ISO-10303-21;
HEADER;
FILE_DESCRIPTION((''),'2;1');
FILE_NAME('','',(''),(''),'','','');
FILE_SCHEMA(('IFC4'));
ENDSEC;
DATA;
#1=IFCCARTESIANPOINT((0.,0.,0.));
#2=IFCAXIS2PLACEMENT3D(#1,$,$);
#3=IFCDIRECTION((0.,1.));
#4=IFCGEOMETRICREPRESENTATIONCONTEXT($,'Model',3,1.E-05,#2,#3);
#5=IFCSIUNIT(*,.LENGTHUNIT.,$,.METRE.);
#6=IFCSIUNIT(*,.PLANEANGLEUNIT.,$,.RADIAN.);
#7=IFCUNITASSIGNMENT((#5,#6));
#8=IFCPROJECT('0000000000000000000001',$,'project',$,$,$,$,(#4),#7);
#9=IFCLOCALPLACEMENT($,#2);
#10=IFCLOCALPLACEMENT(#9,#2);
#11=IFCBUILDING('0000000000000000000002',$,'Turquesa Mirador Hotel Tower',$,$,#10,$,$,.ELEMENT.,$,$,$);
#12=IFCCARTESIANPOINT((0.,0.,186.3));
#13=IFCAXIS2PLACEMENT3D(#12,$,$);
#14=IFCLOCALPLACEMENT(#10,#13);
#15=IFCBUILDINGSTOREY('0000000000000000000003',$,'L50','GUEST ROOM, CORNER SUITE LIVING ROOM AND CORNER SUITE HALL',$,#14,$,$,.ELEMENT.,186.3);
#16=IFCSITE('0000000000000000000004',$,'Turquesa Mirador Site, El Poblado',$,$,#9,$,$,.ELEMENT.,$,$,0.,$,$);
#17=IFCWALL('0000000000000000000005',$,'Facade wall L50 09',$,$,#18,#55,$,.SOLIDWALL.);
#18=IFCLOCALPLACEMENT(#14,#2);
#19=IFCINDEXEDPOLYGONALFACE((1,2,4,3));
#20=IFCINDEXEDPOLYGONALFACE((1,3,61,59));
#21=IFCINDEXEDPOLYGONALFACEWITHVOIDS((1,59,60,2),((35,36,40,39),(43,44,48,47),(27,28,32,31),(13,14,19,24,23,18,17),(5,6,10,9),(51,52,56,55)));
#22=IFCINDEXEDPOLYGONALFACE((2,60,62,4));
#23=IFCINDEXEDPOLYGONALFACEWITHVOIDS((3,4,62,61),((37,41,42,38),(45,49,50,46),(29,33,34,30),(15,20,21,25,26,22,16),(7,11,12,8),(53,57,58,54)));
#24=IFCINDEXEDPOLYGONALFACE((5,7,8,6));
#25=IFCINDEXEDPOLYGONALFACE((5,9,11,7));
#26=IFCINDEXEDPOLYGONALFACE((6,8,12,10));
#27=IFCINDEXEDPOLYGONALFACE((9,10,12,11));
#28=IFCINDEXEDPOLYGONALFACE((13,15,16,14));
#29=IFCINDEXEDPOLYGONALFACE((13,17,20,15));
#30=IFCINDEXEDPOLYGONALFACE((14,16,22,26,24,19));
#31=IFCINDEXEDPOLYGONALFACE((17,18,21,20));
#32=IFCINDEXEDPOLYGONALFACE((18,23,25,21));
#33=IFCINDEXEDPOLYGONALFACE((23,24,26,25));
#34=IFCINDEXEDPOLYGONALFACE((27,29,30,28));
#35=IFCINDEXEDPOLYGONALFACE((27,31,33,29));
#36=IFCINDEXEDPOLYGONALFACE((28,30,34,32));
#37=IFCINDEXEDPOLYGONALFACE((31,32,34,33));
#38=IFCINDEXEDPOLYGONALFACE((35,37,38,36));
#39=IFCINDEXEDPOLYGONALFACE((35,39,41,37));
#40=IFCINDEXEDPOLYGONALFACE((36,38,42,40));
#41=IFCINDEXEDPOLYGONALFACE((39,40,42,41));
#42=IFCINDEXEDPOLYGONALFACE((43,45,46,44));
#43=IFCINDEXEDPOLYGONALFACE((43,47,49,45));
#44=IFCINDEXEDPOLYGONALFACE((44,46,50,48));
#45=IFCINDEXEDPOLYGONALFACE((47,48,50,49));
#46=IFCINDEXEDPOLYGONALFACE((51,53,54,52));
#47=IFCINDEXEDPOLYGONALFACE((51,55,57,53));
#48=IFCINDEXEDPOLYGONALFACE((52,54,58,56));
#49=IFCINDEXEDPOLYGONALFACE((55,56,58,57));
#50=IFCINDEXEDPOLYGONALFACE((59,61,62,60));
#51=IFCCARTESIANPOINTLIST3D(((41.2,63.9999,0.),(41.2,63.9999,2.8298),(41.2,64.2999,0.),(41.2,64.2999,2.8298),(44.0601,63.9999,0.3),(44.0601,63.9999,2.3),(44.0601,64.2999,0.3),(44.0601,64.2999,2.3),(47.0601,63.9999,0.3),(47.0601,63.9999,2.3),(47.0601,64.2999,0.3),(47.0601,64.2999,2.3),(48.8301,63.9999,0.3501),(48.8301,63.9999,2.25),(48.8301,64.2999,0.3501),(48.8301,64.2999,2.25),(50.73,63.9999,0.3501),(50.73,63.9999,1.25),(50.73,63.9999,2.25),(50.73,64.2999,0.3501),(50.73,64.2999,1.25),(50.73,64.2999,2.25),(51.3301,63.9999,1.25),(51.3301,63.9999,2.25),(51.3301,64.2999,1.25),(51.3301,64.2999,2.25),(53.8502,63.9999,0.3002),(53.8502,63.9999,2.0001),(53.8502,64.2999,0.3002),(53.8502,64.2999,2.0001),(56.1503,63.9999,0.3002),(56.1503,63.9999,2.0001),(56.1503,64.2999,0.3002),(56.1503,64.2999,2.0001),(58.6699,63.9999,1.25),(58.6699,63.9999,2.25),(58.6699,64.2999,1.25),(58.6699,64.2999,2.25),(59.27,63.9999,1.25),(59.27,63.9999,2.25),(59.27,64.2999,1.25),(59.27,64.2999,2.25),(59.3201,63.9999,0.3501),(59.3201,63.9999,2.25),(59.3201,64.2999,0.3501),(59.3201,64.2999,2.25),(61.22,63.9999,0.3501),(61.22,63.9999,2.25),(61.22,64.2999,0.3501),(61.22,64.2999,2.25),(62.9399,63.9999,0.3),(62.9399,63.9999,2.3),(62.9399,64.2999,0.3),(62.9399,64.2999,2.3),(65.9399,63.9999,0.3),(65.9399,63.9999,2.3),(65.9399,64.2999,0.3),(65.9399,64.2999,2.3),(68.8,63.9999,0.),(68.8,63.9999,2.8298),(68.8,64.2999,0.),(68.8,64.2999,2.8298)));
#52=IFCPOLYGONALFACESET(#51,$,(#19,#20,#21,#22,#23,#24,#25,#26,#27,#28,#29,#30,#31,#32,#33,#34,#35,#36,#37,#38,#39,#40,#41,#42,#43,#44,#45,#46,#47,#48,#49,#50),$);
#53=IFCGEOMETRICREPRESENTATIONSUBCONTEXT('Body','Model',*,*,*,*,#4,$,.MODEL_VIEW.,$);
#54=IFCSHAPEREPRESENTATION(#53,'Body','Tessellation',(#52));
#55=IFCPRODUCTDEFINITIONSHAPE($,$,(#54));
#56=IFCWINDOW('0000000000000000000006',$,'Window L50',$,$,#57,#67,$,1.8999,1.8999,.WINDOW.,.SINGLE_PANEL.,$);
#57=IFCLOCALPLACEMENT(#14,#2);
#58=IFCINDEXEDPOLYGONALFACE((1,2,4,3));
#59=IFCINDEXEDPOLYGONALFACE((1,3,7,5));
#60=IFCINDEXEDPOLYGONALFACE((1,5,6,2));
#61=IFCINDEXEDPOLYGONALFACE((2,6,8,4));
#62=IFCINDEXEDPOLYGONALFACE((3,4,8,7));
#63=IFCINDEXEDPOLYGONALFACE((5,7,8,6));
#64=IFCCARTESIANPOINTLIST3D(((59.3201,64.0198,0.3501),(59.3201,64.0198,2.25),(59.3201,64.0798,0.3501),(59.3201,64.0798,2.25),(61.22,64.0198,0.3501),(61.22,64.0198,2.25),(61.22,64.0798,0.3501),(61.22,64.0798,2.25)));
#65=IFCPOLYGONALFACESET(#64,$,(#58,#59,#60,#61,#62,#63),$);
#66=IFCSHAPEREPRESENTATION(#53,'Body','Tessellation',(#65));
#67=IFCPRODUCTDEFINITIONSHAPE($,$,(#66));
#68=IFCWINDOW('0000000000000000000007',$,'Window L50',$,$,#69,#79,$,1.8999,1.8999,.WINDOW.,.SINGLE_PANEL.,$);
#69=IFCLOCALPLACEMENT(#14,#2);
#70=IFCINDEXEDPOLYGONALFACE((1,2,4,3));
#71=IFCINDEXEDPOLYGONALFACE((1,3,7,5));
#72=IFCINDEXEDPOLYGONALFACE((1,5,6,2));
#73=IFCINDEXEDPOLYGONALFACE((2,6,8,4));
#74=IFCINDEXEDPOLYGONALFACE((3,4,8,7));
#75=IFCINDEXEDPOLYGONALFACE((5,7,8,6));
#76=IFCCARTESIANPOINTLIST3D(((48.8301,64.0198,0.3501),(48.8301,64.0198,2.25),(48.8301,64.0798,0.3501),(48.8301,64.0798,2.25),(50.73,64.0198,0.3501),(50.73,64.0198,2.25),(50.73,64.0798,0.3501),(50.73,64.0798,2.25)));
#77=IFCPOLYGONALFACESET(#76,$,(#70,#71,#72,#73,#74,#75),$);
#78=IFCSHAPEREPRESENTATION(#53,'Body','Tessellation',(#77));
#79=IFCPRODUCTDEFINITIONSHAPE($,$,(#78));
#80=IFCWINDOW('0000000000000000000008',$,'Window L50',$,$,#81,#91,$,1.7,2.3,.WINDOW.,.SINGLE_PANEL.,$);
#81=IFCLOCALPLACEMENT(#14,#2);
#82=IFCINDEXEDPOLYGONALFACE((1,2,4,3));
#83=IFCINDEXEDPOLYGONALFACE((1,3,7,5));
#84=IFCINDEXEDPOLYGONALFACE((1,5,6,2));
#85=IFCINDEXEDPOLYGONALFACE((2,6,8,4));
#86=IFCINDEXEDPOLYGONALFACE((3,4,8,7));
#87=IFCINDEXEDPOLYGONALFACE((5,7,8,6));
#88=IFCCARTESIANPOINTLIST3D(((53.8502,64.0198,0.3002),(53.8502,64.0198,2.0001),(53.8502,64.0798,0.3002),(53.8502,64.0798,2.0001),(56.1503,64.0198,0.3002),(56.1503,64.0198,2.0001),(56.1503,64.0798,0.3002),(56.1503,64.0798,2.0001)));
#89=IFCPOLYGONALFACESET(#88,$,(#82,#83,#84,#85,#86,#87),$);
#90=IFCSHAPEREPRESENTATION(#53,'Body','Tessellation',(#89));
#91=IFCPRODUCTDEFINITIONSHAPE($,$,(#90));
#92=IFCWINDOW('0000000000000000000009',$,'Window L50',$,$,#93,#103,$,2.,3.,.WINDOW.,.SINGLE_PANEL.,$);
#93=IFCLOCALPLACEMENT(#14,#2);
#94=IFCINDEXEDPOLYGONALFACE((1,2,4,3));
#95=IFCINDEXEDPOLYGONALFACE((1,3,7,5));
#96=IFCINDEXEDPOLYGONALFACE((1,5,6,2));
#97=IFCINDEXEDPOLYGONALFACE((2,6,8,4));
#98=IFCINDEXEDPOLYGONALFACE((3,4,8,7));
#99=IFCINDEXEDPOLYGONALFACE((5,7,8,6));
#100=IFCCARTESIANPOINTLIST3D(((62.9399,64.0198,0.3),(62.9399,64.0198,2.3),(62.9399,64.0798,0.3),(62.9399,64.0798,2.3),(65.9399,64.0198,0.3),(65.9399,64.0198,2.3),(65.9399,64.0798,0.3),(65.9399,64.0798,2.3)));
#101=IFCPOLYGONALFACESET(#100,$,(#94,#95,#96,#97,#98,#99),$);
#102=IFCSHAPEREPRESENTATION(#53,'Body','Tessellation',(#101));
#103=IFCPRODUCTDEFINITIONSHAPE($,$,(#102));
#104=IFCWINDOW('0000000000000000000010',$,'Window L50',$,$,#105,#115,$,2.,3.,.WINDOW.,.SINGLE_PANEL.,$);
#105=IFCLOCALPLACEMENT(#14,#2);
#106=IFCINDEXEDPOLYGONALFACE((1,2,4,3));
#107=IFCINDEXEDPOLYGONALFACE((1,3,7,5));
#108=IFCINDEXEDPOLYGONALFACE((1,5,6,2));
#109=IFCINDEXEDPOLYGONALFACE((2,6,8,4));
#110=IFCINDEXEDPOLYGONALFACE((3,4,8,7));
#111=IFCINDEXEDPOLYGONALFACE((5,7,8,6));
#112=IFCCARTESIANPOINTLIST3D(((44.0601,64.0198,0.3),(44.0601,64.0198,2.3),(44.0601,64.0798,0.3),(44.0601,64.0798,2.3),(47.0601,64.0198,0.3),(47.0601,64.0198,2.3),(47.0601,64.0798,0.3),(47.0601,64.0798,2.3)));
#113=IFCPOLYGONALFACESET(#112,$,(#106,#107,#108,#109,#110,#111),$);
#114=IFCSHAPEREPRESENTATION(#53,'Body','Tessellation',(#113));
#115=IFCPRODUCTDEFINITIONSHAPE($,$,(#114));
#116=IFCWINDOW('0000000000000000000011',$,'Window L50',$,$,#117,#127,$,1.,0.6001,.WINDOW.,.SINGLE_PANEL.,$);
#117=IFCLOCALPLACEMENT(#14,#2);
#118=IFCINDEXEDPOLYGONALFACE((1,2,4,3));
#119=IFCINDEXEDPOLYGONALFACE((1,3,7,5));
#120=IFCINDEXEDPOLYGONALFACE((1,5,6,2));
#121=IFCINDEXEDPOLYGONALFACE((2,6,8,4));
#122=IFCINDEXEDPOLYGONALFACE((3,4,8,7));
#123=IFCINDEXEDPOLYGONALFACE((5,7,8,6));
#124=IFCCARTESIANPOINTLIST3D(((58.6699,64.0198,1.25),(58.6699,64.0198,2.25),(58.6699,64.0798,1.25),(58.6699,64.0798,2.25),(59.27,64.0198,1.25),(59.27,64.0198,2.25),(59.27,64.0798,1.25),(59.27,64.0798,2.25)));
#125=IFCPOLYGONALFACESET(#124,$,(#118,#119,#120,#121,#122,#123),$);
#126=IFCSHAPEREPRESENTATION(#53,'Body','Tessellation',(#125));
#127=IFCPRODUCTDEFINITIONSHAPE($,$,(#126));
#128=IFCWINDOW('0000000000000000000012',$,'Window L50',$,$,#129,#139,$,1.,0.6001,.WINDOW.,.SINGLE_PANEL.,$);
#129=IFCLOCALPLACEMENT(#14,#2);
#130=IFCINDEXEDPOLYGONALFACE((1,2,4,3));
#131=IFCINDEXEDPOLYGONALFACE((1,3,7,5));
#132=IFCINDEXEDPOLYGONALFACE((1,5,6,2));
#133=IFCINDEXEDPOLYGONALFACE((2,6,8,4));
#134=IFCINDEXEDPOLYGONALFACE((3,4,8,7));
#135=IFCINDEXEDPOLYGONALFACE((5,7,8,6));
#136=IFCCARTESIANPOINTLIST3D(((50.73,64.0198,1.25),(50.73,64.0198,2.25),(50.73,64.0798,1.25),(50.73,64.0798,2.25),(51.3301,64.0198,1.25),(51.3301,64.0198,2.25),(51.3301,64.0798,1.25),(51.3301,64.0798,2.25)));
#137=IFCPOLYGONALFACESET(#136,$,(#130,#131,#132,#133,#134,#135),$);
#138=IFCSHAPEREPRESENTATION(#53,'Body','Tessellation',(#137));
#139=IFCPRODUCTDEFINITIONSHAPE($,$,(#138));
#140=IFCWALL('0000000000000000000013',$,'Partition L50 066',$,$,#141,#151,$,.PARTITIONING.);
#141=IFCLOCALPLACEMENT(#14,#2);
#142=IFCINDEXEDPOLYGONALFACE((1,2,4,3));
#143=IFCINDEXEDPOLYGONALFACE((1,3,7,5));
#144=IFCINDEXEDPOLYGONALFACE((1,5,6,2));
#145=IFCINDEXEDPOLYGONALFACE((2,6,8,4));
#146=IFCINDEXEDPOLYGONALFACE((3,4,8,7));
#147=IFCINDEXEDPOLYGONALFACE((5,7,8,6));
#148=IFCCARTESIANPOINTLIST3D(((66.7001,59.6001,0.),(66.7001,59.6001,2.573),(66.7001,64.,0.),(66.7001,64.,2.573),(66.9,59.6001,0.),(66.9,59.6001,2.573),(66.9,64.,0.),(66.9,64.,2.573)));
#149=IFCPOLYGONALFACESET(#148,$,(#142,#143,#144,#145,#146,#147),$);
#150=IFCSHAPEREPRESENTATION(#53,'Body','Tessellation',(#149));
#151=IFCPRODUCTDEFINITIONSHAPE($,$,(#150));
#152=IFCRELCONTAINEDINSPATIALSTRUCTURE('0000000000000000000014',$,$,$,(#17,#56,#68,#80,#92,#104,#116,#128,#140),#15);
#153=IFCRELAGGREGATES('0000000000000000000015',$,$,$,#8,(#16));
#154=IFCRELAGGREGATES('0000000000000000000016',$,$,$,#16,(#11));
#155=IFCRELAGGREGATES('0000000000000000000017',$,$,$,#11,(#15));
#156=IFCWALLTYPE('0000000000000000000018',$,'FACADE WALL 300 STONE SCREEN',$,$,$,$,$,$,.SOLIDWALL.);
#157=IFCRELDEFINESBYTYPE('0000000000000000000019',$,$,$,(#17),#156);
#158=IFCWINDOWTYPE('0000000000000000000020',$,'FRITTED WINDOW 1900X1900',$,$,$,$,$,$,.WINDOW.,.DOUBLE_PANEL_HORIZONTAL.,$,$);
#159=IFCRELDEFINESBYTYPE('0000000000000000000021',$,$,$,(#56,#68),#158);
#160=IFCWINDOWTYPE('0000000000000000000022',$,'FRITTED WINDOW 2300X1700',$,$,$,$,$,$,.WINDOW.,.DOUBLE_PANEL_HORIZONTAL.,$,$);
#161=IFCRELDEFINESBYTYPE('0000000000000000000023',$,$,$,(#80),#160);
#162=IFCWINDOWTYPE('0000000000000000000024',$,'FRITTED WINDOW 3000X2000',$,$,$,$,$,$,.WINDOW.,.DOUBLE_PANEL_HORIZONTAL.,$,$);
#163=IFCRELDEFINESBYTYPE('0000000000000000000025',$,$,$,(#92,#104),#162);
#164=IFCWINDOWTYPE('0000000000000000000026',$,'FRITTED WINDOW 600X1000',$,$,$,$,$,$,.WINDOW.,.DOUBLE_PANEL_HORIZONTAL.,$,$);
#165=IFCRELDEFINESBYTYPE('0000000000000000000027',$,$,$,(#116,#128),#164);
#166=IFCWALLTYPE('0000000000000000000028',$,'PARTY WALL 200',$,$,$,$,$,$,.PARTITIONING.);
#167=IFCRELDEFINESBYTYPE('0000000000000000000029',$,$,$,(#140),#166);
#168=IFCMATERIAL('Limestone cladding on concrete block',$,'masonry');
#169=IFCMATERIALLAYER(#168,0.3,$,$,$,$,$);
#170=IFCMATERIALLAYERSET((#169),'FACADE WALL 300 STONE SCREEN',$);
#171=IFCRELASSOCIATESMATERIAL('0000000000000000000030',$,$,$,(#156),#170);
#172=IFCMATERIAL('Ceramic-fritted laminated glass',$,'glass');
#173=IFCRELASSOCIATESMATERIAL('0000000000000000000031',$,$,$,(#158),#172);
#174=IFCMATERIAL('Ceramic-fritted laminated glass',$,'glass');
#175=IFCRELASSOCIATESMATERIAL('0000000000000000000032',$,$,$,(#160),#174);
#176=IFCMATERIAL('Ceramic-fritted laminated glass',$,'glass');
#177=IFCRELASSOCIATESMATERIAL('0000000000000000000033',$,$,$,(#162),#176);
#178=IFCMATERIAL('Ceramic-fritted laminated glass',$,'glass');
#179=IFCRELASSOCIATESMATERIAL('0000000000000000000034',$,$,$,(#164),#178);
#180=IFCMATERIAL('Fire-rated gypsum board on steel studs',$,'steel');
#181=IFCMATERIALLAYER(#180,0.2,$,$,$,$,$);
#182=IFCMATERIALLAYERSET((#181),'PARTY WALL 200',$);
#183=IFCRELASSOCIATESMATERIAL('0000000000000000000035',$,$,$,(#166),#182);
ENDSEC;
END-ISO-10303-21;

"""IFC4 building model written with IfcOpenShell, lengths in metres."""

from ifc_helpers import new_model, si_unit, direction, frame, frame_2d, origin, place, context, subcontext, project, spatial, rectangle, extrude, material, layer, layer_set, type_object, element, fill, save


model = new_model("IFC4")

# Units and contexts
model_context = context("Model", 3, precision=1e-05, world=origin(), true_north=direction((0.0, 1.0)))
body_context = subcontext(model_context, "Body", "Model", "MODEL_VIEW")
ifc_project = project(units=[si_unit("LENGTHUNIT", "METRE"), si_unit("PLANEANGLEUNIT", "RADIAN")], contexts=[model_context])

# Site, building, storey
site_placement = place(None, origin())
site = spatial("IfcSite", under=ifc_project, at=site_placement, Name="Turquesa Mirador Site, El Poblado", CompositionType="ELEMENT", RefElevation=0.0)
building_placement = place(site_placement, origin())
building = spatial("IfcBuilding", under=site, at=building_placement, Name="Turquesa Mirador Hotel Tower", CompositionType="ELEMENT")
storey_placement = place(building_placement, frame((0.0, 0.0, 186.3)))
storey = spatial("IfcBuildingStorey", under=building, at=storey_placement, Name="L50", Description="GUEST ROOM, CORNER SUITE LIVING ROOM AND CORNER SUITE HALL", CompositionType="ELEMENT", Elevation=186.3)

# Shared definitions
ifc_material_1 = material(Name="Limestone cladding on concrete block", Category="masonry")
ifc_layer_1 = layer(ifc_material_1, 0.3)
ifc_layer_set_1 = layer_set([ifc_layer_1], Name="FACADE WALL 300 STONE SCREEN")
wall_type_1 = type_object("IfcWallType", Name="FACADE WALL 300 STONE SCREEN", PredefinedType="SOLIDWALL", material=ifc_layer_set_1)

# Wall, openings, windows
wall_1_placement = place(storey_placement, frame((68.8, 64.1499, 0.0), z_axis=(0.0, 0.0, 1.0), x_axis=(-1.0, 0.0, 0.0)))
wall_1 = element("IfcWall", 1, at=wall_1_placement, inside=storey, type_object=wall_type_1, Name="Facade wall L50 09", PredefinedType="SOLIDWALL", context=body_context, shape_type="SweptSolid", body=[
    extrude(rectangle(XDim=27.6001, YDim=0.3, at=frame_2d((13.8, 0.0))), origin(), (0.0, 0.0, 1.0), 2.8298),
])
opening_1_placement = place(wall_1_placement, frame((2.8601, 0.0, 0.3)))
opening_1 = element("IfcOpeningElement", 2, at=opening_1_placement, cuts=wall_1, PredefinedType="OPENING", context=body_context, shape_type="SweptSolid", body=[
    extrude(rectangle(XDim=3.0, YDim=2.0, at=frame_2d((1.5, 1.0))), frame((0.0, 0.1599, 0.0), z_axis=(0.0, -1.0, 0.0), x_axis=(1.0, 0.0, 0.0)), (0.0, 0.0, 1.0), 0.3201),
])
opening_2_placement = place(wall_1_placement, frame((7.5801, 0.0, 0.3501)))
opening_2 = element("IfcOpeningElement", 3, at=opening_2_placement, cuts=wall_1, PredefinedType="OPENING", context=body_context, shape_type="SweptSolid", body=[
    extrude(rectangle(XDim=1.8999, YDim=1.8999, at=frame_2d((0.95, 0.95))), frame((0.0, 0.1599, 0.0), z_axis=(0.0, -1.0, 0.0), x_axis=(1.0, 0.0, 0.0)), (0.0, 0.0, 1.0), 0.3201),
])
opening_3_placement = place(wall_1_placement, frame((12.6499, 0.0, 0.3)))
opening_3 = element("IfcOpeningElement", 4, at=opening_3_placement, cuts=wall_1, PredefinedType="OPENING", context=body_context, shape_type="SweptSolid", body=[
    extrude(rectangle(XDim=2.3, YDim=1.7, at=frame_2d((1.1499, 0.8501))), frame((0.0, 0.1599, 0.0), z_axis=(0.0, -1.0, 0.0), x_axis=(1.0, 0.0, 0.0)), (0.0, 0.0, 1.0), 0.3201),
])
opening_4_placement = place(wall_1_placement, frame((18.0701, 0.0, 0.3501)))
opening_4 = element("IfcOpeningElement", 5, at=opening_4_placement, cuts=wall_1, PredefinedType="OPENING", context=body_context, shape_type="SweptSolid", body=[
    extrude(rectangle(XDim=1.8999, YDim=1.8999, at=frame_2d((0.95, 0.95))), frame((0.0, 0.1599, 0.0), z_axis=(0.0, -1.0, 0.0), x_axis=(1.0, 0.0, 0.0)), (0.0, 0.0, 1.0), 0.3201),
])
opening_5_placement = place(wall_1_placement, frame((21.74, 0.0, 0.3)))
opening_5 = element("IfcOpeningElement", 6, at=opening_5_placement, cuts=wall_1, PredefinedType="OPENING", context=body_context, shape_type="SweptSolid", body=[
    extrude(rectangle(XDim=3.0, YDim=2.0, at=frame_2d((1.5, 1.0))), frame((0.0, 0.1599, 0.0), z_axis=(0.0, -1.0, 0.0), x_axis=(1.0, 0.0, 0.0)), (0.0, 0.0, 1.0), 0.3201),
])
opening_6_placement = place(wall_1_placement, frame((9.53, 0.0, 1.25)))
opening_6 = element("IfcOpeningElement", 7, at=opening_6_placement, cuts=wall_1, PredefinedType="OPENING", context=body_context, shape_type="SweptSolid", body=[
    extrude(rectangle(XDim=0.6001, YDim=1.0, at=frame_2d((0.3, 0.5))), frame((0.0, 0.1599, 0.0), z_axis=(0.0, -1.0, 0.0), x_axis=(1.0, 0.0, 0.0)), (0.0, 0.0, 1.0), 0.3201),
])
opening_7_placement = place(wall_1_placement, frame((17.47, 0.0, 1.25)))
opening_7 = element("IfcOpeningElement", 8, at=opening_7_placement, cuts=wall_1, PredefinedType="OPENING", context=body_context, shape_type="SweptSolid", body=[
    extrude(rectangle(XDim=0.6001, YDim=1.0, at=frame_2d((0.3, 0.5))), frame((0.0, 0.1599, 0.0), z_axis=(0.0, -1.0, 0.0), x_axis=(1.0, 0.0, 0.0)), (0.0, 0.0, 1.0), 0.3201),
])
ifc_material_2 = material(Name="Ceramic-fritted laminated glass", Category="glass")
window_type_1 = type_object("IfcWindowType", Name="FRITTED WINDOW 1900X1900", PartitioningType="DOUBLE_PANEL_HORIZONTAL", PredefinedType="WINDOW", material=ifc_material_2)
window_1_placement = place(opening_2_placement, origin())
window_1 = element("IfcWindow", 9, at=window_1_placement, inside=storey, type_object=window_type_1, Name="Window L50", OverallHeight=1.8999, OverallWidth=1.8999, PartitioningType="SINGLE_PANEL", PredefinedType="WINDOW", context=body_context, shape_type="SweptSolid", body=[
    extrude(rectangle(XDim=1.8999, YDim=1.8999, at=frame_2d((0.95, 0.95))), frame((0.0, 0.1301, 0.0), z_axis=(0.0, -1.0, 0.0), x_axis=(1.0, 0.0, 0.0)), (0.0, 0.0, 1.0), 0.0601),
])
fill(opening_2, window_1)
window_2_placement = place(opening_4_placement, origin())
window_2 = element("IfcWindow", 10, at=window_2_placement, inside=storey, type_object=window_type_1, Name="Window L50", OverallHeight=1.8999, OverallWidth=1.8999, PartitioningType="SINGLE_PANEL", PredefinedType="WINDOW", context=body_context, shape_type="SweptSolid", body=[
    extrude(rectangle(XDim=1.8999, YDim=1.8999, at=frame_2d((0.95, 0.95))), frame((0.0, 0.1301, 0.0), z_axis=(0.0, -1.0, 0.0), x_axis=(1.0, 0.0, 0.0)), (0.0, 0.0, 1.0), 0.0601),
])
fill(opening_4, window_2)
ifc_material_3 = material(Name="Ceramic-fritted laminated glass", Category="glass")
window_type_2 = type_object("IfcWindowType", Name="FRITTED WINDOW 2300X1700", PartitioningType="DOUBLE_PANEL_HORIZONTAL", PredefinedType="WINDOW", material=ifc_material_3)
window_3_placement = place(opening_3_placement, origin())
window_3 = element("IfcWindow", 11, at=window_3_placement, inside=storey, type_object=window_type_2, Name="Window L50", OverallHeight=1.7, OverallWidth=2.3, PartitioningType="SINGLE_PANEL", PredefinedType="WINDOW", context=body_context, shape_type="SweptSolid", body=[
    extrude(rectangle(XDim=2.3, YDim=1.7, at=frame_2d((1.1499, 0.8501))), frame((0.0, 0.1301, 0.0), z_axis=(0.0, -1.0, 0.0), x_axis=(1.0, 0.0, 0.0)), (0.0, 0.0, 1.0), 0.0601),
])
fill(opening_3, window_3)
ifc_material_4 = material(Name="Ceramic-fritted laminated glass", Category="glass")
window_type_3 = type_object("IfcWindowType", Name="FRITTED WINDOW 3000X2000", PartitioningType="DOUBLE_PANEL_HORIZONTAL", PredefinedType="WINDOW", material=ifc_material_4)
window_4_placement = place(opening_1_placement, origin())
window_4 = element("IfcWindow", 12, at=window_4_placement, inside=storey, type_object=window_type_3, Name="Window L50", OverallHeight=2.0, OverallWidth=3.0, PartitioningType="SINGLE_PANEL", PredefinedType="WINDOW", context=body_context, shape_type="SweptSolid", body=[
    extrude(rectangle(XDim=3.0, YDim=2.0, at=frame_2d((1.5, 1.0))), frame((0.0, 0.1301, 0.0), z_axis=(0.0, -1.0, 0.0), x_axis=(1.0, 0.0, 0.0)), (0.0, 0.0, 1.0), 0.0601),
])
fill(opening_1, window_4)
window_5_placement = place(opening_5_placement, origin())
window_5 = element("IfcWindow", 13, at=window_5_placement, inside=storey, type_object=window_type_3, Name="Window L50", OverallHeight=2.0, OverallWidth=3.0, PartitioningType="SINGLE_PANEL", PredefinedType="WINDOW", context=body_context, shape_type="SweptSolid", body=[
    extrude(rectangle(XDim=3.0, YDim=2.0, at=frame_2d((1.5, 1.0))), frame((0.0, 0.1301, 0.0), z_axis=(0.0, -1.0, 0.0), x_axis=(1.0, 0.0, 0.0)), (0.0, 0.0, 1.0), 0.0601),
])
fill(opening_5, window_5)
ifc_material_5 = material(Name="Ceramic-fritted laminated glass", Category="glass")
window_type_4 = type_object("IfcWindowType", Name="FRITTED WINDOW 600X1000", PartitioningType="DOUBLE_PANEL_HORIZONTAL", PredefinedType="WINDOW", material=ifc_material_5)
window_6_placement = place(opening_6_placement, origin())
window_6 = element("IfcWindow", 14, at=window_6_placement, inside=storey, type_object=window_type_4, Name="Window L50", OverallHeight=1.0, OverallWidth=0.6001, PartitioningType="SINGLE_PANEL", PredefinedType="WINDOW", context=body_context, shape_type="SweptSolid", body=[
    extrude(rectangle(XDim=0.6001, YDim=1.0, at=frame_2d((0.3, 0.5))), frame((0.0, 0.1301, 0.0), z_axis=(0.0, -1.0, 0.0), x_axis=(1.0, 0.0, 0.0)), (0.0, 0.0, 1.0), 0.0601),
])
fill(opening_6, window_6)
window_7_placement = place(opening_7_placement, origin())
window_7 = element("IfcWindow", 15, at=window_7_placement, inside=storey, type_object=window_type_4, Name="Window L50", OverallHeight=1.0, OverallWidth=0.6001, PartitioningType="SINGLE_PANEL", PredefinedType="WINDOW", context=body_context, shape_type="SweptSolid", body=[
    extrude(rectangle(XDim=0.6001, YDim=1.0, at=frame_2d((0.3, 0.5))), frame((0.0, 0.1301, 0.0), z_axis=(0.0, -1.0, 0.0), x_axis=(1.0, 0.0, 0.0)), (0.0, 0.0, 1.0), 0.0601),
])
fill(opening_7, window_7)

# Wall
ifc_material_6 = material(Name="Fire-rated gypsum board on steel studs", Category="steel")
ifc_layer_2 = layer(ifc_material_6, 0.2)
ifc_layer_set_2 = layer_set([ifc_layer_2], Name="PARTY WALL 200")
wall_type_2 = type_object("IfcWallType", Name="PARTY WALL 200", PredefinedType="PARTITIONING", material=ifc_layer_set_2)
wall_2_placement = place(storey_placement, frame((66.8, 59.6001, 0.0), z_axis=(0.0, 0.0, 1.0), x_axis=(0.0, 1.0, 0.0)))
element("IfcWall", 16, at=wall_2_placement, inside=storey, type_object=wall_type_2, Name="Partition L50 066", PredefinedType="PARTITIONING", context=body_context, shape_type="SweptSolid", body=[
    extrude(rectangle(XDim=4.3999, YDim=0.2, at=frame_2d((2.2, 0.0))), origin(), (0.0, 0.0, 1.0), 2.573),
])

save(model, "model.ifc")
